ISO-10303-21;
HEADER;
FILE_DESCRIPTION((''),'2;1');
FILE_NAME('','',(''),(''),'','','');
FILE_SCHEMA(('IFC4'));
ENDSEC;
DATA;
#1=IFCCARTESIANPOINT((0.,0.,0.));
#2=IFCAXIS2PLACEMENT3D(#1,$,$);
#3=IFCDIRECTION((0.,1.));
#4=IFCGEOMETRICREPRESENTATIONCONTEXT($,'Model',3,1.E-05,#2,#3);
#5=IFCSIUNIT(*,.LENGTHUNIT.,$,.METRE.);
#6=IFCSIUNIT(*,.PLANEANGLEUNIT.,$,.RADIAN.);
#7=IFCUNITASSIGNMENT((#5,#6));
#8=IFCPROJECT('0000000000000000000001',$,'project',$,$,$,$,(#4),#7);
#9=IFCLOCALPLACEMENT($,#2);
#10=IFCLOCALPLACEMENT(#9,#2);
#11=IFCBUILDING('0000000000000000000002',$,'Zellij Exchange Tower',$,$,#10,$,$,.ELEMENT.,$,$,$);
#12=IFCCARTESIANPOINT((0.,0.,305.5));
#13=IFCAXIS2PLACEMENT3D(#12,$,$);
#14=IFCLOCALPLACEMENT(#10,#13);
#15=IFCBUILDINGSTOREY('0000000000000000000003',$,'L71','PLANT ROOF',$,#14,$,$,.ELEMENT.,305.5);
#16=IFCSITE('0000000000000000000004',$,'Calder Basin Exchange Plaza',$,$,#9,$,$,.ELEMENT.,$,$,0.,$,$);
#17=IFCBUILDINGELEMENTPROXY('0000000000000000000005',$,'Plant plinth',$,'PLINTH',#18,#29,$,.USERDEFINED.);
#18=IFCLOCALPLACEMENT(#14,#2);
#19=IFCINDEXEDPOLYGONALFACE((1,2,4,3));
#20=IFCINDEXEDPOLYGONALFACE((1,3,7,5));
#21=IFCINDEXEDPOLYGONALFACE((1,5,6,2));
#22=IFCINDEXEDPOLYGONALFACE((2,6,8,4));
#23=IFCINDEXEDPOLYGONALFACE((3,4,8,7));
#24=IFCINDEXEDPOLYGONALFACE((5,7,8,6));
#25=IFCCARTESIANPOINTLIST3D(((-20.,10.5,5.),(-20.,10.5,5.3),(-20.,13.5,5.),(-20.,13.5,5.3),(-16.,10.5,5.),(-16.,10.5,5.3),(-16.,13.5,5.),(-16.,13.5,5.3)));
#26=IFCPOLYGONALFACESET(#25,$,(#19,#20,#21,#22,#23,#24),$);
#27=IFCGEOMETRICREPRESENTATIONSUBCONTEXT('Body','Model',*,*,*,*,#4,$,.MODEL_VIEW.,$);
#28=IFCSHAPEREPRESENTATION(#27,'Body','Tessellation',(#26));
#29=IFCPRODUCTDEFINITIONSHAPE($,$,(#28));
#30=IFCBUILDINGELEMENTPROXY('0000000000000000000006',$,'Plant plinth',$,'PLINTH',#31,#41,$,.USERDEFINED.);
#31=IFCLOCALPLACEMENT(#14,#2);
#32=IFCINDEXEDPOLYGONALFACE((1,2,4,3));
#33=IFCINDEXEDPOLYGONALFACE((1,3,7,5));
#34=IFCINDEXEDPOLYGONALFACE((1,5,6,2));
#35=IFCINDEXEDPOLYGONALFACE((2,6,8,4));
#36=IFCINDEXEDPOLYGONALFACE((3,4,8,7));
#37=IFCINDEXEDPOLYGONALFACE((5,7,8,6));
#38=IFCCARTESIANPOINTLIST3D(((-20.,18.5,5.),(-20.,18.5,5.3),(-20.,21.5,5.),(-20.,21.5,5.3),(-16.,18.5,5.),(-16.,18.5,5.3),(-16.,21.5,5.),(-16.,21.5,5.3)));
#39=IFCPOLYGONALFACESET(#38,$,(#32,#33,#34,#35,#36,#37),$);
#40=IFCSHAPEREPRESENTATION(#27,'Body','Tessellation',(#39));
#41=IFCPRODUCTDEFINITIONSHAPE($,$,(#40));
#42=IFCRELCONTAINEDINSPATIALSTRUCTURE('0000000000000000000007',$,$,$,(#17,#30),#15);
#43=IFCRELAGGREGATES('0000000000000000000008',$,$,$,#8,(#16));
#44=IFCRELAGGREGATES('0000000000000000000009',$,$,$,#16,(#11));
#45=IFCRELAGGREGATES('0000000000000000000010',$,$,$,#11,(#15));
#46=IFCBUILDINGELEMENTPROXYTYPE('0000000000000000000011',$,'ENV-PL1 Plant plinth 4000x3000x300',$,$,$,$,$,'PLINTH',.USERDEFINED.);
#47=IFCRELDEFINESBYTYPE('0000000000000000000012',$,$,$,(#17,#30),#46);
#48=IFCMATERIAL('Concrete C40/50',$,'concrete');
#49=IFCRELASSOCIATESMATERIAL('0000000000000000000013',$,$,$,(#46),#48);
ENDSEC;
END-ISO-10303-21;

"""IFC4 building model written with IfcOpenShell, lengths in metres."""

from ifc_helpers import new_model, si_unit, direction, frame, origin, origin_2d, place, context, subcontext, project, spatial, rectangle, extrude, material, type_object, element, save


model = new_model("IFC4")

# Units and contexts
model_context = context("Model", 3, precision=1e-05, world=origin(), true_north=direction((0.0, 1.0)))
body_context = subcontext(model_context, "Body", "Model", "MODEL_VIEW")
ifc_project = project(units=[si_unit("LENGTHUNIT", "METRE"), si_unit("PLANEANGLEUNIT", "RADIAN")], contexts=[model_context])

# Site, building, storey
site_placement = place(None, origin())
site = spatial("IfcSite", under=ifc_project, at=site_placement, Name="Calder Basin Exchange Plaza", CompositionType="ELEMENT", RefElevation=0.0)
building_placement = place(site_placement, origin())
building = spatial("IfcBuilding", under=site, at=building_placement, Name="Zellij Exchange Tower", CompositionType="ELEMENT")
storey_placement = place(building_placement, frame((0.0, 0.0, 305.5)))
storey = spatial("IfcBuildingStorey", under=building, at=storey_placement, Name="L71", Description="PLANT ROOF", CompositionType="ELEMENT", Elevation=305.5)

# Building element proxies
ifc_material_1 = material(Name="Concrete C40/50", Category="concrete")
building_element_proxy_type_1 = type_object("IfcBuildingElementProxyType", Name="ENV-PL1 Plant plinth 4000x3000x300", ElementType="PLINTH", PredefinedType="USERDEFINED", material=ifc_material_1)
for number, where, z_axis, x_axis, name in (
    (1, (-18.0, 12.0, 5.0), (0.0, 0.0, 1.0), (1.0, 0.0, 0.0), "Plant plinth"),
    (2, (-18.0, 20.0, 5.0), (0.0, 0.0, 1.0), (1.0, 0.0, 0.0), "Plant plinth"),
):
    element("IfcBuildingElementProxy", number, at=place(storey_placement, frame(where, z_axis=z_axis, x_axis=x_axis)), inside=storey, type_object=building_element_proxy_type_1, Name=name, ObjectType="PLINTH", PredefinedType="USERDEFINED", context=body_context, shape_type="SweptSolid", body=[
        extrude(rectangle(XDim=4.0, YDim=3.0, at=origin_2d()), origin(), (0.0, 0.0, 1.0), 0.3),
    ])

save(model, "model.ifc")
